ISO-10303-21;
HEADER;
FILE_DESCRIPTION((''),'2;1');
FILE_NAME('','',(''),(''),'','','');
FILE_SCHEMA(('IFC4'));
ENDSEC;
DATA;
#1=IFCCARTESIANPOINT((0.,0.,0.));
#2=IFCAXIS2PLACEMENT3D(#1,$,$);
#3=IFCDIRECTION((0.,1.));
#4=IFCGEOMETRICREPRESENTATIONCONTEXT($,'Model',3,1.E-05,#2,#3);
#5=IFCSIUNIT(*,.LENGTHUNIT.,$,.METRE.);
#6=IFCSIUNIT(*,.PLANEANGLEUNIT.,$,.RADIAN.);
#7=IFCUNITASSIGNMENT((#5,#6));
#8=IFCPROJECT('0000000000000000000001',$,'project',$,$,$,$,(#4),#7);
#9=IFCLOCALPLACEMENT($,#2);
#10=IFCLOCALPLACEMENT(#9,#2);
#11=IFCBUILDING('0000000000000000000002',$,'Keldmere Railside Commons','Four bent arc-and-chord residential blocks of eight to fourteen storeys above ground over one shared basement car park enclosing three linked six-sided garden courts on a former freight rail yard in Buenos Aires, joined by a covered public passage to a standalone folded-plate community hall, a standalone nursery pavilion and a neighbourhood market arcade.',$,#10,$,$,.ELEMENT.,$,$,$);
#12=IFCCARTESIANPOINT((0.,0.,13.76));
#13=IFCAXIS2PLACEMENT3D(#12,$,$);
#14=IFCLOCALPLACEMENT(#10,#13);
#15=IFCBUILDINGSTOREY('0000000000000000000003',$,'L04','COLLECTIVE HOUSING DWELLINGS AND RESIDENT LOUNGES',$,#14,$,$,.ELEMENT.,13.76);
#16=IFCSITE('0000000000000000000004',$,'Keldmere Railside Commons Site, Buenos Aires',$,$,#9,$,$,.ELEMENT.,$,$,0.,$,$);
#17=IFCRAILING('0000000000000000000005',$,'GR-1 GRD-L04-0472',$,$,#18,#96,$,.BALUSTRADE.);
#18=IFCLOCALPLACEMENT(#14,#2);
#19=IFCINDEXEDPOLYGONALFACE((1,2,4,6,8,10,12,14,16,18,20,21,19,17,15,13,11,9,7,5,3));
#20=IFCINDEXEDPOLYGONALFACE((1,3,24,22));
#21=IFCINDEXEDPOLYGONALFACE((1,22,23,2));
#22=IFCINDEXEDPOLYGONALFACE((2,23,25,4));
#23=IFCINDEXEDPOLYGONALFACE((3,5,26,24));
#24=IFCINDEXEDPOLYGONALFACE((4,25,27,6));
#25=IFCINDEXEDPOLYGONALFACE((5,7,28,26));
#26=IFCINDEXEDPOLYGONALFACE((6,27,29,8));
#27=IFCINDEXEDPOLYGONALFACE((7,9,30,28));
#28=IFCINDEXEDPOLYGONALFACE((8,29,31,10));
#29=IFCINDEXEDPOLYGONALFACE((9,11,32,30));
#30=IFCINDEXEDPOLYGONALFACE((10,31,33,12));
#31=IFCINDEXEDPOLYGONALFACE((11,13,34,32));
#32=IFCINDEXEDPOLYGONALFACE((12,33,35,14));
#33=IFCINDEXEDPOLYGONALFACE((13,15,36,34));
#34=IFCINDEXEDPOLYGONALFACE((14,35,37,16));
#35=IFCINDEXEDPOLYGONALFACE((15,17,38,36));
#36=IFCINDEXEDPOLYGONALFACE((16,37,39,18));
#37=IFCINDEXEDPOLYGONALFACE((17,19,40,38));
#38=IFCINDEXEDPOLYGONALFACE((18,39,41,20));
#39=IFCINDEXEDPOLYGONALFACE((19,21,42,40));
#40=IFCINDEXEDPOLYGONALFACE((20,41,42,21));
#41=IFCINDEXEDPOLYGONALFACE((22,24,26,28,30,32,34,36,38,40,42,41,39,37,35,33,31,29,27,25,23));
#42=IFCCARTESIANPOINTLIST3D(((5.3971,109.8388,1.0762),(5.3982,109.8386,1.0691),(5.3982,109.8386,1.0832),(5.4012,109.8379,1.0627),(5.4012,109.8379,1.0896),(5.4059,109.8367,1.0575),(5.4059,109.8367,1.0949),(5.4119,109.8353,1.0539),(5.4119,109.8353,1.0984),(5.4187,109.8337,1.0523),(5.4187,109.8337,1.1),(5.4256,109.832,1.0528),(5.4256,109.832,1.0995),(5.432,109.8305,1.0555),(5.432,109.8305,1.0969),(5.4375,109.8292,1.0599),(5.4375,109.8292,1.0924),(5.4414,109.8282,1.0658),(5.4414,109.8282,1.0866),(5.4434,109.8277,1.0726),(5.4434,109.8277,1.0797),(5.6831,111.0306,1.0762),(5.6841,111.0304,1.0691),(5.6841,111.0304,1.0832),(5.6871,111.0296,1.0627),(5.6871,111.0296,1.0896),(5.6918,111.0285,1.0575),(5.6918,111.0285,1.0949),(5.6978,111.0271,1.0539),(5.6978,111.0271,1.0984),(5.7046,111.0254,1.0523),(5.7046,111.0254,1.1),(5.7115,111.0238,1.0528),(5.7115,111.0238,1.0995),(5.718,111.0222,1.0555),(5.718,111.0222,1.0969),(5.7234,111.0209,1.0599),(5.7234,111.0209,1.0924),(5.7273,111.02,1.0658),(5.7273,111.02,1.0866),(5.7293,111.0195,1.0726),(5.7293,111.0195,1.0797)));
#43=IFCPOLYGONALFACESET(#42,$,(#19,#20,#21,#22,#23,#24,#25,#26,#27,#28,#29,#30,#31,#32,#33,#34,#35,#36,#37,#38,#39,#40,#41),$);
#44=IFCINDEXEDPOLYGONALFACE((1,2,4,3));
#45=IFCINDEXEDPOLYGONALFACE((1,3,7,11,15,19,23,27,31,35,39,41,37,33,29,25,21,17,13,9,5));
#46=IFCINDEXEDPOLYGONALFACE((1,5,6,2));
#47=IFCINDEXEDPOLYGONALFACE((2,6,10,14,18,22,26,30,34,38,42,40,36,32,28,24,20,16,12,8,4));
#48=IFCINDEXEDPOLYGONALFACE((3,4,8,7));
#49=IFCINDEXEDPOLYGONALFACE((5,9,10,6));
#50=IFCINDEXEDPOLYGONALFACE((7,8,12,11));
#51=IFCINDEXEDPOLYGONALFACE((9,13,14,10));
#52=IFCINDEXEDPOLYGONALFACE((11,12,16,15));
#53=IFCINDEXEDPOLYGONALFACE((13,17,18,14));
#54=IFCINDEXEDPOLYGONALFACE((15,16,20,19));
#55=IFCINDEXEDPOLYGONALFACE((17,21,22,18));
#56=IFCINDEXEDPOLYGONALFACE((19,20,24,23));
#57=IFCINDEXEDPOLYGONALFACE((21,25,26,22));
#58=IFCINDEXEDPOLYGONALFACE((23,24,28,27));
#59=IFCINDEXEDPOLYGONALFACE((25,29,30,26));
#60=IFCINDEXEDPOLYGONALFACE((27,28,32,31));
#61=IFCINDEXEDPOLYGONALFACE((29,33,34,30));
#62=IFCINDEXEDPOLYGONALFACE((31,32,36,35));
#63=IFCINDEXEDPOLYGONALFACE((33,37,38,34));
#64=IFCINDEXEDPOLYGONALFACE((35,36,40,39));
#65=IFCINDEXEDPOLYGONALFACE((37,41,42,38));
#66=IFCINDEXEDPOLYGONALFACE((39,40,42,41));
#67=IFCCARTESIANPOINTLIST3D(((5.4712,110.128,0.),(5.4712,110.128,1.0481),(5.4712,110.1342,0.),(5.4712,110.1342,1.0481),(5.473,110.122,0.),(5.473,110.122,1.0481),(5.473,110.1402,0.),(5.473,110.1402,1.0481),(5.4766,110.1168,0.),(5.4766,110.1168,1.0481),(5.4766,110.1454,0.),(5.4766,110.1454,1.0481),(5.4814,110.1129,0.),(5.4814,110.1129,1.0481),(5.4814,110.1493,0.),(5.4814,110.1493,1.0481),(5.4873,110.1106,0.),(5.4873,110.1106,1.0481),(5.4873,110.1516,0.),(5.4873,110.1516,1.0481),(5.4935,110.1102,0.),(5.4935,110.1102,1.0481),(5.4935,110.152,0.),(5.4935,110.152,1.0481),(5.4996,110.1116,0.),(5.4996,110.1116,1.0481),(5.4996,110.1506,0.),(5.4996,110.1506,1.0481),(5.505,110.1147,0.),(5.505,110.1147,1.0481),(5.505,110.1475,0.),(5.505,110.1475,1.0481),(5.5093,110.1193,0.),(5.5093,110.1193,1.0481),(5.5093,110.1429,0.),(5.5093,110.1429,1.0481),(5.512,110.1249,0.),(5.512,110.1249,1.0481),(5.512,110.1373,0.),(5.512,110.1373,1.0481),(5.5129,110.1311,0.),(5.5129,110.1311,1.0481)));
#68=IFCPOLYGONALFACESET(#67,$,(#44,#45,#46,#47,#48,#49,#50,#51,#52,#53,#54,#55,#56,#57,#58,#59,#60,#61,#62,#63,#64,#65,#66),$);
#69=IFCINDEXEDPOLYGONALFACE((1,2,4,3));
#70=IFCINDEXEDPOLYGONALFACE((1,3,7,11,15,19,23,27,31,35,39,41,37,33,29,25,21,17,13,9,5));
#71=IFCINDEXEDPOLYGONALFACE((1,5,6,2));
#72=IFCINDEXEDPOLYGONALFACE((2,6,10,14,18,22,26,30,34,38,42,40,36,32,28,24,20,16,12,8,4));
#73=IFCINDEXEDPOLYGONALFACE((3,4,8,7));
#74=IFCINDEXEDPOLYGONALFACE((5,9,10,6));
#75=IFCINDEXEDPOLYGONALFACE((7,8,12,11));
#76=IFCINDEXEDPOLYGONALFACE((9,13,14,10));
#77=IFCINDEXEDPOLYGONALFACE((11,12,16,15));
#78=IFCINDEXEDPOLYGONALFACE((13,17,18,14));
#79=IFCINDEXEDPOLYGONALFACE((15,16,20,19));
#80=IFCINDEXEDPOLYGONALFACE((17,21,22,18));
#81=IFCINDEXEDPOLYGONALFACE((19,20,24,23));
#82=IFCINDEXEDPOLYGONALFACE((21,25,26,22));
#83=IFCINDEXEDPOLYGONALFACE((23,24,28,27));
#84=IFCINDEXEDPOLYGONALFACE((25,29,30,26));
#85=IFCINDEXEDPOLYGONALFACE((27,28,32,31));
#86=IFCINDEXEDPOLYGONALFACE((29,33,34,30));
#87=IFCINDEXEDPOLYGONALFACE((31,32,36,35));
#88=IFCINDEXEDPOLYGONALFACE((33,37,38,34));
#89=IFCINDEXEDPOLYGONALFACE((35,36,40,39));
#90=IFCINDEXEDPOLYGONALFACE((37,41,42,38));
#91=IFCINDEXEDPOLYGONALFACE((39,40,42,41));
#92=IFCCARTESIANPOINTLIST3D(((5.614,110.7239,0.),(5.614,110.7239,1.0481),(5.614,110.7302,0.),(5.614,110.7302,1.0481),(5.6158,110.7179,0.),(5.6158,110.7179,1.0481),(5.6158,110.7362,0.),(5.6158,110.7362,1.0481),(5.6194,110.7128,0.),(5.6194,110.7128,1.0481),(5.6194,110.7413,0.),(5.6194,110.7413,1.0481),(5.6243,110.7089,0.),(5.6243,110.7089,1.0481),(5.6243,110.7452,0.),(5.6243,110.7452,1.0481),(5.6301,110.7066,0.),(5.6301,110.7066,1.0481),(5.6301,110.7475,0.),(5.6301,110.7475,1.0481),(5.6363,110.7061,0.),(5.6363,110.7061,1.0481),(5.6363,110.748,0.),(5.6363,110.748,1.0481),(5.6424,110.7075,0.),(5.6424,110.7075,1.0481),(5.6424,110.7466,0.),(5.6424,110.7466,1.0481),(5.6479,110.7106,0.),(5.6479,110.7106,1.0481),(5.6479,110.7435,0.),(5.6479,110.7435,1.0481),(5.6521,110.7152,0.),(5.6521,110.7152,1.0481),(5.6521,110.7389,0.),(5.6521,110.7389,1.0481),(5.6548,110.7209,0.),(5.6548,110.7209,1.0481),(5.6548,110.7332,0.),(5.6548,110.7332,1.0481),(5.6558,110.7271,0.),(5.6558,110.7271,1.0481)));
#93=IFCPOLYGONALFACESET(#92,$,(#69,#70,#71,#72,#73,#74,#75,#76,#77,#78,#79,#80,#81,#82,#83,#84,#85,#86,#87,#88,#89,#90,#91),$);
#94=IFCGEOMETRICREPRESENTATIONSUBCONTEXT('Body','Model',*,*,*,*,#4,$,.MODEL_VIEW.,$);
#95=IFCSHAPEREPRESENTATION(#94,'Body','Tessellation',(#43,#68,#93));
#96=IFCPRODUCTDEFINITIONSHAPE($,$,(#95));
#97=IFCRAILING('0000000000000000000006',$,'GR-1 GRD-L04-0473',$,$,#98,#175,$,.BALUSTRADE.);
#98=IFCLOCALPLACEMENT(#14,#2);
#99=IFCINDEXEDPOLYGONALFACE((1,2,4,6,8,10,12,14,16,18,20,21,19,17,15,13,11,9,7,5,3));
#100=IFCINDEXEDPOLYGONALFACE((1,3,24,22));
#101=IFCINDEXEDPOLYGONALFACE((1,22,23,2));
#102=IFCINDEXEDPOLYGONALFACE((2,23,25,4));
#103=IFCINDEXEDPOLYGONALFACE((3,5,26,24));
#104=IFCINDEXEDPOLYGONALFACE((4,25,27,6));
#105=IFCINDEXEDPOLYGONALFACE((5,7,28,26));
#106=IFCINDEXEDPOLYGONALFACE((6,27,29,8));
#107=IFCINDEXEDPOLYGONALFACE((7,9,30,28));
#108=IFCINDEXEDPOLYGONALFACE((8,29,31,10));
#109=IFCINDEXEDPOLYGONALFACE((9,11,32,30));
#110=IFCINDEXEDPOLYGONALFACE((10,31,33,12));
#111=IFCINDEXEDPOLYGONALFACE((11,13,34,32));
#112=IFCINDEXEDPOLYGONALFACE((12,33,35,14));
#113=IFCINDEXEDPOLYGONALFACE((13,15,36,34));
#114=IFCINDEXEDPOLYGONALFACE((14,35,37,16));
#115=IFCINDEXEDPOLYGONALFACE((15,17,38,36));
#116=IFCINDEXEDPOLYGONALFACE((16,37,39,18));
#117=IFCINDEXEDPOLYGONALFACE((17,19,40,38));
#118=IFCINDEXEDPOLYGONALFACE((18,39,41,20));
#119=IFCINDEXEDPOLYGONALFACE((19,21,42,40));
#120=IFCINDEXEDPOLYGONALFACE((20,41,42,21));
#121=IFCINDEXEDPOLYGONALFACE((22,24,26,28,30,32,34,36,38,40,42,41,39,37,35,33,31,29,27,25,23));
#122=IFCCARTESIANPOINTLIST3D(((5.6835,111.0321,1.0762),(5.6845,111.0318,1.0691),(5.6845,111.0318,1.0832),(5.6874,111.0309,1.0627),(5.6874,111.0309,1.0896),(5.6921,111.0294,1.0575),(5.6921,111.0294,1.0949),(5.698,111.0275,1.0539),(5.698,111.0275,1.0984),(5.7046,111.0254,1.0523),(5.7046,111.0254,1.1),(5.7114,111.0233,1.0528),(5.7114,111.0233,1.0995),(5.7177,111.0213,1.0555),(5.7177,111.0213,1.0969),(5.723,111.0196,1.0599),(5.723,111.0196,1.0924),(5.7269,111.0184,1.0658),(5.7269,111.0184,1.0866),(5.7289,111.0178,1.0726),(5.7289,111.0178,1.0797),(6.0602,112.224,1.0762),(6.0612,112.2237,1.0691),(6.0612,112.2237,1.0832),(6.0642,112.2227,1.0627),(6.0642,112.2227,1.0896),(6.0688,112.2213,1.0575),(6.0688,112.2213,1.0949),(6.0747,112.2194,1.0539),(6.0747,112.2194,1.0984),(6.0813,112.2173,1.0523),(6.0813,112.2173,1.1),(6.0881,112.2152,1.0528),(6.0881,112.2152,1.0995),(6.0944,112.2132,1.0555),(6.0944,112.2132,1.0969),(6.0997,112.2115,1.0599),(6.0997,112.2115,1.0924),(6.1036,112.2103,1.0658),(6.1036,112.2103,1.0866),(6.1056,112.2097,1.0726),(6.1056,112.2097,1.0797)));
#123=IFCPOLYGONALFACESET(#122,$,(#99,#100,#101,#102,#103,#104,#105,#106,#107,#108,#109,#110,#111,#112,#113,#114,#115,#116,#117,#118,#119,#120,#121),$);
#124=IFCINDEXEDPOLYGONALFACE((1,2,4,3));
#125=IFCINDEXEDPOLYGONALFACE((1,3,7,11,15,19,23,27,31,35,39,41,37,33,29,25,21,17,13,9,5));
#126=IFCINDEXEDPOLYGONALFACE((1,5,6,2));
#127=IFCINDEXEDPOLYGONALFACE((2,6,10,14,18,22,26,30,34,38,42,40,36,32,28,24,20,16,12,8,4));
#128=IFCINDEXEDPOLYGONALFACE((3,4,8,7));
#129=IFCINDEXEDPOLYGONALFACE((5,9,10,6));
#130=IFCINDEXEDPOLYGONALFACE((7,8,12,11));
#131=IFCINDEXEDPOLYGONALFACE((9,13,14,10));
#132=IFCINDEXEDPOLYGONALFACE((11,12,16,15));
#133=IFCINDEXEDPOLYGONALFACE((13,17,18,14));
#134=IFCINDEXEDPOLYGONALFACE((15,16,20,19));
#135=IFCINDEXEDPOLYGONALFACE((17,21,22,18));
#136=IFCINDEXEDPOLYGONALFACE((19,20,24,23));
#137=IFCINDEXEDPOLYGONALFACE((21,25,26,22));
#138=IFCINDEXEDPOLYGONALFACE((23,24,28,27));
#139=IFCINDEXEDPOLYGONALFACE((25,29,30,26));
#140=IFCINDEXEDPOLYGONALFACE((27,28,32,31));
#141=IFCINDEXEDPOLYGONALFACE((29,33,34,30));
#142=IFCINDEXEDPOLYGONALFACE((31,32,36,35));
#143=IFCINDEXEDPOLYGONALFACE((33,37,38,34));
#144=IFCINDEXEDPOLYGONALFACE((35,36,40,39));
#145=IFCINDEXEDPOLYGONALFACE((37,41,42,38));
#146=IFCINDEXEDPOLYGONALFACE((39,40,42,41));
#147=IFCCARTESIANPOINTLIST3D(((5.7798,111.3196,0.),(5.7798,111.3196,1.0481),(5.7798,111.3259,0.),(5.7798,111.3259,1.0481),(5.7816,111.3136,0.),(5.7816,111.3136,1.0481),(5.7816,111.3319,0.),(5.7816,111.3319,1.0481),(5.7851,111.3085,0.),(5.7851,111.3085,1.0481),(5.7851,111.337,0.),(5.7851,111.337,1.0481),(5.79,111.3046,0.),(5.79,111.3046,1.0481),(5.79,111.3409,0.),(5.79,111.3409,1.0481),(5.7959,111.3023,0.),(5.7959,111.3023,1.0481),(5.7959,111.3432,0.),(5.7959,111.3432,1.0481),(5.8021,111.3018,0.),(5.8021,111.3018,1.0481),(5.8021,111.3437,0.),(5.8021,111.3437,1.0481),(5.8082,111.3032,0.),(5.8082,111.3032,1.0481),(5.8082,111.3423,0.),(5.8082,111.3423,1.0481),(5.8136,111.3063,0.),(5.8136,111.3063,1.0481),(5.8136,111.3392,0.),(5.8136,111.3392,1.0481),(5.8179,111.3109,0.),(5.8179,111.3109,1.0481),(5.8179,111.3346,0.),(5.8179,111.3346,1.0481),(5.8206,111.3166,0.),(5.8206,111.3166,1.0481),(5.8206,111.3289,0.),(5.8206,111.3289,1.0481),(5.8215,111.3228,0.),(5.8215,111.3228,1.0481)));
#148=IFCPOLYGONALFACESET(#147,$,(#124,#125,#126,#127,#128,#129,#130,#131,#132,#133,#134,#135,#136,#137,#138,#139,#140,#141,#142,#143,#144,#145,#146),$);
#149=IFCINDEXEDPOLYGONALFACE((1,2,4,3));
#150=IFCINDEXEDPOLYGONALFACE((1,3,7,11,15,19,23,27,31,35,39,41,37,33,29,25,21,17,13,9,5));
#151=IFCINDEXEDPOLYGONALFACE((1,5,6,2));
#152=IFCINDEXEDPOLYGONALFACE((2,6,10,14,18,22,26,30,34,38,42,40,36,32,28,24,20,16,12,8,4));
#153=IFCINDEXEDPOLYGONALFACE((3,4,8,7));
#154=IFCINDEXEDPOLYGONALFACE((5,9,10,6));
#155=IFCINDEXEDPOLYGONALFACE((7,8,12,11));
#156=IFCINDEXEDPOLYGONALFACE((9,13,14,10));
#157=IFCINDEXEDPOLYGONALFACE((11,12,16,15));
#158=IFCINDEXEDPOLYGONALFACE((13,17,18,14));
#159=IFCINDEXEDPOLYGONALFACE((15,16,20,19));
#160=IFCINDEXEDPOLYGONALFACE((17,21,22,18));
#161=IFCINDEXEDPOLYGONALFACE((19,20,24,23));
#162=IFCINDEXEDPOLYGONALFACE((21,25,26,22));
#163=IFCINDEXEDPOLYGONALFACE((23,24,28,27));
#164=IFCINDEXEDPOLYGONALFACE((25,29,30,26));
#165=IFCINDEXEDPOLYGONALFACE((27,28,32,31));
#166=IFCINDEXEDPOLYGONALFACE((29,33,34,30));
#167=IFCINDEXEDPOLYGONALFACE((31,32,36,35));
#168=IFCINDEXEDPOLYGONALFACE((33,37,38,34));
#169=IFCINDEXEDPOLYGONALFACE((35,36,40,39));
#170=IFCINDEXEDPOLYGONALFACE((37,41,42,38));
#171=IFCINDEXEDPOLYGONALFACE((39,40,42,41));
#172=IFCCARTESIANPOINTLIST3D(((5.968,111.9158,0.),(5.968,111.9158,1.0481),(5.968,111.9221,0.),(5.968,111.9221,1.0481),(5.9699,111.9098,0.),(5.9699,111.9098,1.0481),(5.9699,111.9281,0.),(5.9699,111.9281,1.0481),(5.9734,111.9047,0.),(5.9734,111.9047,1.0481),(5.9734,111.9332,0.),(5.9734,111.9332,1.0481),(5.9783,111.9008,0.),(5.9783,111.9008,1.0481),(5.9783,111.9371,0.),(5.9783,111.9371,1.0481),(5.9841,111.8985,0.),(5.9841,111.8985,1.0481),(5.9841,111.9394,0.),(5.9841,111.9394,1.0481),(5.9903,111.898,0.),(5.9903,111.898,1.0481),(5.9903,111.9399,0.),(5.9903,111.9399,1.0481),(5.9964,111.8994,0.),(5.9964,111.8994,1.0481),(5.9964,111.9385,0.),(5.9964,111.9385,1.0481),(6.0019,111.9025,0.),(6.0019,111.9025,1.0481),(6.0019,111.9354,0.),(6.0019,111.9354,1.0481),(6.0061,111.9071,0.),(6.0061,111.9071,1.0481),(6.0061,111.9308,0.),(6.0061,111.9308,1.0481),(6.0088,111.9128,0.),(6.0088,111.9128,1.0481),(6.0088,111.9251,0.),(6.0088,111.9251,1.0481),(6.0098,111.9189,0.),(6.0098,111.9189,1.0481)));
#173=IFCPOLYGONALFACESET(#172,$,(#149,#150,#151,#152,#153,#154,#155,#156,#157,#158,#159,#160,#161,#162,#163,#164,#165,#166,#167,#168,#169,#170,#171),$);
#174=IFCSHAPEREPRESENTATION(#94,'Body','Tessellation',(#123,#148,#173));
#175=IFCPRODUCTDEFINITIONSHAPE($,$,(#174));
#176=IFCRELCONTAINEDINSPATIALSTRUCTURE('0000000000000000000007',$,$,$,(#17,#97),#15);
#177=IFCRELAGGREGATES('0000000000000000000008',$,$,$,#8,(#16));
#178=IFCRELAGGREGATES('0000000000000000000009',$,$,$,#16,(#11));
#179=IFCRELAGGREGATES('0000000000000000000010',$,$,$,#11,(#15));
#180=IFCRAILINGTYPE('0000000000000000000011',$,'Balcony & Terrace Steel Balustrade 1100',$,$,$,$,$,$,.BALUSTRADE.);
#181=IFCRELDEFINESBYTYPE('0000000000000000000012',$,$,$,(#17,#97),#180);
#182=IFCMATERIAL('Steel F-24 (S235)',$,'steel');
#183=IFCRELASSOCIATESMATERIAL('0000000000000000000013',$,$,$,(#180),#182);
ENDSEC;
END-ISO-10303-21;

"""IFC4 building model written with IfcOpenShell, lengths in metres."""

from ifc_helpers import new_model, si_unit, direction, frame, origin, origin_2d, place, context, subcontext, project, spatial, circle, extrude, material, type_object, element, save


model = new_model("IFC4")

# Units and contexts
model_context = context("Model", 3, precision=1e-05, world=origin(), true_north=direction((0.0, 1.0)))
body_context = subcontext(model_context, "Body", "Model", "MODEL_VIEW")
ifc_project = project(units=[si_unit("LENGTHUNIT", "METRE"), si_unit("PLANEANGLEUNIT", "RADIAN")], contexts=[model_context])

# Site, building, storey
site_placement = place(None, origin())
site = spatial("IfcSite", under=ifc_project, at=site_placement, Name="Keldmere Railside Commons Site, Buenos Aires", CompositionType="ELEMENT", RefElevation=0.0)
building_placement = place(site_placement, origin())
building = spatial("IfcBuilding", under=site, at=building_placement, Name="Keldmere Railside Commons", Description="Four bent arc-and-chord residential blocks of eight to fourteen storeys above ground over one shared basement car park enclosing three linked six-sided garden courts on a former freight rail yard in Buenos Aires, joined by a covered public passage to a standalone folded-plate community hall, a standalone nursery pavilion and a neighbourhood market arcade.", CompositionType="ELEMENT")
storey_placement = place(building_placement, frame((0.0, 0.0, 13.76)))
storey = spatial("IfcBuildingStorey", under=building, at=storey_placement, Name="L04", Description="COLLECTIVE HOUSING DWELLINGS AND RESIDENT LOUNGES", CompositionType="ELEMENT", Elevation=13.76)

# Railings
ifc_material_1 = material(Name="Steel F-24 (S235)", Category="steel")
railing_type = type_object("IfcRailingType", Name="Balcony & Terrace Steel Balustrade 1100", PredefinedType="BALUSTRADE", material=ifc_material_1)
railing_1_placement = place(storey_placement, frame((5.4204, 109.8333, 0.0)))
element("IfcRailing", 1, at=railing_1_placement, inside=storey, type_object=railing_type, Name="GR-1 GRD-L04-0472", PredefinedType="BALUSTRADE", context=body_context, shape_type="SweptSolid", body=[
    extrude(circle(Radius=0.0239, at=origin_2d()), frame((0.0, 0.0, 1.0762), z_axis=(0.23329, 0.972407, 0.0), x_axis=(-0.972407, 0.23329, 0.0)), (0.0, 0.0, 1.0), 1.2256),
    extrude(circle(Radius=0.021, at=origin_2d()), frame((0.0715, 0.2979, 0.0)), (0.0, 0.0, 1.0), 1.0481),
    extrude(circle(Radius=0.021, at=origin_2d()), frame((0.2144, 0.8938, 0.0)), (0.0, 0.0, 1.0), 1.0481),
])
railing_2_placement = place(storey_placement, frame((5.7063, 111.0249, 0.0)))
element("IfcRailing", 2, at=railing_2_placement, inside=storey, type_object=railing_type, Name="GR-1 GRD-L04-0473", PredefinedType="BALUSTRADE", context=body_context, shape_type="SweptSolid", body=[
    extrude(circle(Radius=0.0239, at=origin_2d()), frame((0.0, 0.0, 1.0762), z_axis=(0.301365, 0.953509, 0.0), x_axis=(-0.953509, 0.301365, 0.0)), (0.0, 0.0, 1.0), 1.25),
    extrude(circle(Radius=0.021, at=origin_2d()), frame((0.0942, 0.2979, 0.0)), (0.0, 0.0, 1.0), 1.0481),
    extrude(circle(Radius=0.021, at=origin_2d()), frame((0.2825, 0.894, 0.0)), (0.0, 0.0, 1.0), 1.0481),
])

save(model, "model.ifc")
